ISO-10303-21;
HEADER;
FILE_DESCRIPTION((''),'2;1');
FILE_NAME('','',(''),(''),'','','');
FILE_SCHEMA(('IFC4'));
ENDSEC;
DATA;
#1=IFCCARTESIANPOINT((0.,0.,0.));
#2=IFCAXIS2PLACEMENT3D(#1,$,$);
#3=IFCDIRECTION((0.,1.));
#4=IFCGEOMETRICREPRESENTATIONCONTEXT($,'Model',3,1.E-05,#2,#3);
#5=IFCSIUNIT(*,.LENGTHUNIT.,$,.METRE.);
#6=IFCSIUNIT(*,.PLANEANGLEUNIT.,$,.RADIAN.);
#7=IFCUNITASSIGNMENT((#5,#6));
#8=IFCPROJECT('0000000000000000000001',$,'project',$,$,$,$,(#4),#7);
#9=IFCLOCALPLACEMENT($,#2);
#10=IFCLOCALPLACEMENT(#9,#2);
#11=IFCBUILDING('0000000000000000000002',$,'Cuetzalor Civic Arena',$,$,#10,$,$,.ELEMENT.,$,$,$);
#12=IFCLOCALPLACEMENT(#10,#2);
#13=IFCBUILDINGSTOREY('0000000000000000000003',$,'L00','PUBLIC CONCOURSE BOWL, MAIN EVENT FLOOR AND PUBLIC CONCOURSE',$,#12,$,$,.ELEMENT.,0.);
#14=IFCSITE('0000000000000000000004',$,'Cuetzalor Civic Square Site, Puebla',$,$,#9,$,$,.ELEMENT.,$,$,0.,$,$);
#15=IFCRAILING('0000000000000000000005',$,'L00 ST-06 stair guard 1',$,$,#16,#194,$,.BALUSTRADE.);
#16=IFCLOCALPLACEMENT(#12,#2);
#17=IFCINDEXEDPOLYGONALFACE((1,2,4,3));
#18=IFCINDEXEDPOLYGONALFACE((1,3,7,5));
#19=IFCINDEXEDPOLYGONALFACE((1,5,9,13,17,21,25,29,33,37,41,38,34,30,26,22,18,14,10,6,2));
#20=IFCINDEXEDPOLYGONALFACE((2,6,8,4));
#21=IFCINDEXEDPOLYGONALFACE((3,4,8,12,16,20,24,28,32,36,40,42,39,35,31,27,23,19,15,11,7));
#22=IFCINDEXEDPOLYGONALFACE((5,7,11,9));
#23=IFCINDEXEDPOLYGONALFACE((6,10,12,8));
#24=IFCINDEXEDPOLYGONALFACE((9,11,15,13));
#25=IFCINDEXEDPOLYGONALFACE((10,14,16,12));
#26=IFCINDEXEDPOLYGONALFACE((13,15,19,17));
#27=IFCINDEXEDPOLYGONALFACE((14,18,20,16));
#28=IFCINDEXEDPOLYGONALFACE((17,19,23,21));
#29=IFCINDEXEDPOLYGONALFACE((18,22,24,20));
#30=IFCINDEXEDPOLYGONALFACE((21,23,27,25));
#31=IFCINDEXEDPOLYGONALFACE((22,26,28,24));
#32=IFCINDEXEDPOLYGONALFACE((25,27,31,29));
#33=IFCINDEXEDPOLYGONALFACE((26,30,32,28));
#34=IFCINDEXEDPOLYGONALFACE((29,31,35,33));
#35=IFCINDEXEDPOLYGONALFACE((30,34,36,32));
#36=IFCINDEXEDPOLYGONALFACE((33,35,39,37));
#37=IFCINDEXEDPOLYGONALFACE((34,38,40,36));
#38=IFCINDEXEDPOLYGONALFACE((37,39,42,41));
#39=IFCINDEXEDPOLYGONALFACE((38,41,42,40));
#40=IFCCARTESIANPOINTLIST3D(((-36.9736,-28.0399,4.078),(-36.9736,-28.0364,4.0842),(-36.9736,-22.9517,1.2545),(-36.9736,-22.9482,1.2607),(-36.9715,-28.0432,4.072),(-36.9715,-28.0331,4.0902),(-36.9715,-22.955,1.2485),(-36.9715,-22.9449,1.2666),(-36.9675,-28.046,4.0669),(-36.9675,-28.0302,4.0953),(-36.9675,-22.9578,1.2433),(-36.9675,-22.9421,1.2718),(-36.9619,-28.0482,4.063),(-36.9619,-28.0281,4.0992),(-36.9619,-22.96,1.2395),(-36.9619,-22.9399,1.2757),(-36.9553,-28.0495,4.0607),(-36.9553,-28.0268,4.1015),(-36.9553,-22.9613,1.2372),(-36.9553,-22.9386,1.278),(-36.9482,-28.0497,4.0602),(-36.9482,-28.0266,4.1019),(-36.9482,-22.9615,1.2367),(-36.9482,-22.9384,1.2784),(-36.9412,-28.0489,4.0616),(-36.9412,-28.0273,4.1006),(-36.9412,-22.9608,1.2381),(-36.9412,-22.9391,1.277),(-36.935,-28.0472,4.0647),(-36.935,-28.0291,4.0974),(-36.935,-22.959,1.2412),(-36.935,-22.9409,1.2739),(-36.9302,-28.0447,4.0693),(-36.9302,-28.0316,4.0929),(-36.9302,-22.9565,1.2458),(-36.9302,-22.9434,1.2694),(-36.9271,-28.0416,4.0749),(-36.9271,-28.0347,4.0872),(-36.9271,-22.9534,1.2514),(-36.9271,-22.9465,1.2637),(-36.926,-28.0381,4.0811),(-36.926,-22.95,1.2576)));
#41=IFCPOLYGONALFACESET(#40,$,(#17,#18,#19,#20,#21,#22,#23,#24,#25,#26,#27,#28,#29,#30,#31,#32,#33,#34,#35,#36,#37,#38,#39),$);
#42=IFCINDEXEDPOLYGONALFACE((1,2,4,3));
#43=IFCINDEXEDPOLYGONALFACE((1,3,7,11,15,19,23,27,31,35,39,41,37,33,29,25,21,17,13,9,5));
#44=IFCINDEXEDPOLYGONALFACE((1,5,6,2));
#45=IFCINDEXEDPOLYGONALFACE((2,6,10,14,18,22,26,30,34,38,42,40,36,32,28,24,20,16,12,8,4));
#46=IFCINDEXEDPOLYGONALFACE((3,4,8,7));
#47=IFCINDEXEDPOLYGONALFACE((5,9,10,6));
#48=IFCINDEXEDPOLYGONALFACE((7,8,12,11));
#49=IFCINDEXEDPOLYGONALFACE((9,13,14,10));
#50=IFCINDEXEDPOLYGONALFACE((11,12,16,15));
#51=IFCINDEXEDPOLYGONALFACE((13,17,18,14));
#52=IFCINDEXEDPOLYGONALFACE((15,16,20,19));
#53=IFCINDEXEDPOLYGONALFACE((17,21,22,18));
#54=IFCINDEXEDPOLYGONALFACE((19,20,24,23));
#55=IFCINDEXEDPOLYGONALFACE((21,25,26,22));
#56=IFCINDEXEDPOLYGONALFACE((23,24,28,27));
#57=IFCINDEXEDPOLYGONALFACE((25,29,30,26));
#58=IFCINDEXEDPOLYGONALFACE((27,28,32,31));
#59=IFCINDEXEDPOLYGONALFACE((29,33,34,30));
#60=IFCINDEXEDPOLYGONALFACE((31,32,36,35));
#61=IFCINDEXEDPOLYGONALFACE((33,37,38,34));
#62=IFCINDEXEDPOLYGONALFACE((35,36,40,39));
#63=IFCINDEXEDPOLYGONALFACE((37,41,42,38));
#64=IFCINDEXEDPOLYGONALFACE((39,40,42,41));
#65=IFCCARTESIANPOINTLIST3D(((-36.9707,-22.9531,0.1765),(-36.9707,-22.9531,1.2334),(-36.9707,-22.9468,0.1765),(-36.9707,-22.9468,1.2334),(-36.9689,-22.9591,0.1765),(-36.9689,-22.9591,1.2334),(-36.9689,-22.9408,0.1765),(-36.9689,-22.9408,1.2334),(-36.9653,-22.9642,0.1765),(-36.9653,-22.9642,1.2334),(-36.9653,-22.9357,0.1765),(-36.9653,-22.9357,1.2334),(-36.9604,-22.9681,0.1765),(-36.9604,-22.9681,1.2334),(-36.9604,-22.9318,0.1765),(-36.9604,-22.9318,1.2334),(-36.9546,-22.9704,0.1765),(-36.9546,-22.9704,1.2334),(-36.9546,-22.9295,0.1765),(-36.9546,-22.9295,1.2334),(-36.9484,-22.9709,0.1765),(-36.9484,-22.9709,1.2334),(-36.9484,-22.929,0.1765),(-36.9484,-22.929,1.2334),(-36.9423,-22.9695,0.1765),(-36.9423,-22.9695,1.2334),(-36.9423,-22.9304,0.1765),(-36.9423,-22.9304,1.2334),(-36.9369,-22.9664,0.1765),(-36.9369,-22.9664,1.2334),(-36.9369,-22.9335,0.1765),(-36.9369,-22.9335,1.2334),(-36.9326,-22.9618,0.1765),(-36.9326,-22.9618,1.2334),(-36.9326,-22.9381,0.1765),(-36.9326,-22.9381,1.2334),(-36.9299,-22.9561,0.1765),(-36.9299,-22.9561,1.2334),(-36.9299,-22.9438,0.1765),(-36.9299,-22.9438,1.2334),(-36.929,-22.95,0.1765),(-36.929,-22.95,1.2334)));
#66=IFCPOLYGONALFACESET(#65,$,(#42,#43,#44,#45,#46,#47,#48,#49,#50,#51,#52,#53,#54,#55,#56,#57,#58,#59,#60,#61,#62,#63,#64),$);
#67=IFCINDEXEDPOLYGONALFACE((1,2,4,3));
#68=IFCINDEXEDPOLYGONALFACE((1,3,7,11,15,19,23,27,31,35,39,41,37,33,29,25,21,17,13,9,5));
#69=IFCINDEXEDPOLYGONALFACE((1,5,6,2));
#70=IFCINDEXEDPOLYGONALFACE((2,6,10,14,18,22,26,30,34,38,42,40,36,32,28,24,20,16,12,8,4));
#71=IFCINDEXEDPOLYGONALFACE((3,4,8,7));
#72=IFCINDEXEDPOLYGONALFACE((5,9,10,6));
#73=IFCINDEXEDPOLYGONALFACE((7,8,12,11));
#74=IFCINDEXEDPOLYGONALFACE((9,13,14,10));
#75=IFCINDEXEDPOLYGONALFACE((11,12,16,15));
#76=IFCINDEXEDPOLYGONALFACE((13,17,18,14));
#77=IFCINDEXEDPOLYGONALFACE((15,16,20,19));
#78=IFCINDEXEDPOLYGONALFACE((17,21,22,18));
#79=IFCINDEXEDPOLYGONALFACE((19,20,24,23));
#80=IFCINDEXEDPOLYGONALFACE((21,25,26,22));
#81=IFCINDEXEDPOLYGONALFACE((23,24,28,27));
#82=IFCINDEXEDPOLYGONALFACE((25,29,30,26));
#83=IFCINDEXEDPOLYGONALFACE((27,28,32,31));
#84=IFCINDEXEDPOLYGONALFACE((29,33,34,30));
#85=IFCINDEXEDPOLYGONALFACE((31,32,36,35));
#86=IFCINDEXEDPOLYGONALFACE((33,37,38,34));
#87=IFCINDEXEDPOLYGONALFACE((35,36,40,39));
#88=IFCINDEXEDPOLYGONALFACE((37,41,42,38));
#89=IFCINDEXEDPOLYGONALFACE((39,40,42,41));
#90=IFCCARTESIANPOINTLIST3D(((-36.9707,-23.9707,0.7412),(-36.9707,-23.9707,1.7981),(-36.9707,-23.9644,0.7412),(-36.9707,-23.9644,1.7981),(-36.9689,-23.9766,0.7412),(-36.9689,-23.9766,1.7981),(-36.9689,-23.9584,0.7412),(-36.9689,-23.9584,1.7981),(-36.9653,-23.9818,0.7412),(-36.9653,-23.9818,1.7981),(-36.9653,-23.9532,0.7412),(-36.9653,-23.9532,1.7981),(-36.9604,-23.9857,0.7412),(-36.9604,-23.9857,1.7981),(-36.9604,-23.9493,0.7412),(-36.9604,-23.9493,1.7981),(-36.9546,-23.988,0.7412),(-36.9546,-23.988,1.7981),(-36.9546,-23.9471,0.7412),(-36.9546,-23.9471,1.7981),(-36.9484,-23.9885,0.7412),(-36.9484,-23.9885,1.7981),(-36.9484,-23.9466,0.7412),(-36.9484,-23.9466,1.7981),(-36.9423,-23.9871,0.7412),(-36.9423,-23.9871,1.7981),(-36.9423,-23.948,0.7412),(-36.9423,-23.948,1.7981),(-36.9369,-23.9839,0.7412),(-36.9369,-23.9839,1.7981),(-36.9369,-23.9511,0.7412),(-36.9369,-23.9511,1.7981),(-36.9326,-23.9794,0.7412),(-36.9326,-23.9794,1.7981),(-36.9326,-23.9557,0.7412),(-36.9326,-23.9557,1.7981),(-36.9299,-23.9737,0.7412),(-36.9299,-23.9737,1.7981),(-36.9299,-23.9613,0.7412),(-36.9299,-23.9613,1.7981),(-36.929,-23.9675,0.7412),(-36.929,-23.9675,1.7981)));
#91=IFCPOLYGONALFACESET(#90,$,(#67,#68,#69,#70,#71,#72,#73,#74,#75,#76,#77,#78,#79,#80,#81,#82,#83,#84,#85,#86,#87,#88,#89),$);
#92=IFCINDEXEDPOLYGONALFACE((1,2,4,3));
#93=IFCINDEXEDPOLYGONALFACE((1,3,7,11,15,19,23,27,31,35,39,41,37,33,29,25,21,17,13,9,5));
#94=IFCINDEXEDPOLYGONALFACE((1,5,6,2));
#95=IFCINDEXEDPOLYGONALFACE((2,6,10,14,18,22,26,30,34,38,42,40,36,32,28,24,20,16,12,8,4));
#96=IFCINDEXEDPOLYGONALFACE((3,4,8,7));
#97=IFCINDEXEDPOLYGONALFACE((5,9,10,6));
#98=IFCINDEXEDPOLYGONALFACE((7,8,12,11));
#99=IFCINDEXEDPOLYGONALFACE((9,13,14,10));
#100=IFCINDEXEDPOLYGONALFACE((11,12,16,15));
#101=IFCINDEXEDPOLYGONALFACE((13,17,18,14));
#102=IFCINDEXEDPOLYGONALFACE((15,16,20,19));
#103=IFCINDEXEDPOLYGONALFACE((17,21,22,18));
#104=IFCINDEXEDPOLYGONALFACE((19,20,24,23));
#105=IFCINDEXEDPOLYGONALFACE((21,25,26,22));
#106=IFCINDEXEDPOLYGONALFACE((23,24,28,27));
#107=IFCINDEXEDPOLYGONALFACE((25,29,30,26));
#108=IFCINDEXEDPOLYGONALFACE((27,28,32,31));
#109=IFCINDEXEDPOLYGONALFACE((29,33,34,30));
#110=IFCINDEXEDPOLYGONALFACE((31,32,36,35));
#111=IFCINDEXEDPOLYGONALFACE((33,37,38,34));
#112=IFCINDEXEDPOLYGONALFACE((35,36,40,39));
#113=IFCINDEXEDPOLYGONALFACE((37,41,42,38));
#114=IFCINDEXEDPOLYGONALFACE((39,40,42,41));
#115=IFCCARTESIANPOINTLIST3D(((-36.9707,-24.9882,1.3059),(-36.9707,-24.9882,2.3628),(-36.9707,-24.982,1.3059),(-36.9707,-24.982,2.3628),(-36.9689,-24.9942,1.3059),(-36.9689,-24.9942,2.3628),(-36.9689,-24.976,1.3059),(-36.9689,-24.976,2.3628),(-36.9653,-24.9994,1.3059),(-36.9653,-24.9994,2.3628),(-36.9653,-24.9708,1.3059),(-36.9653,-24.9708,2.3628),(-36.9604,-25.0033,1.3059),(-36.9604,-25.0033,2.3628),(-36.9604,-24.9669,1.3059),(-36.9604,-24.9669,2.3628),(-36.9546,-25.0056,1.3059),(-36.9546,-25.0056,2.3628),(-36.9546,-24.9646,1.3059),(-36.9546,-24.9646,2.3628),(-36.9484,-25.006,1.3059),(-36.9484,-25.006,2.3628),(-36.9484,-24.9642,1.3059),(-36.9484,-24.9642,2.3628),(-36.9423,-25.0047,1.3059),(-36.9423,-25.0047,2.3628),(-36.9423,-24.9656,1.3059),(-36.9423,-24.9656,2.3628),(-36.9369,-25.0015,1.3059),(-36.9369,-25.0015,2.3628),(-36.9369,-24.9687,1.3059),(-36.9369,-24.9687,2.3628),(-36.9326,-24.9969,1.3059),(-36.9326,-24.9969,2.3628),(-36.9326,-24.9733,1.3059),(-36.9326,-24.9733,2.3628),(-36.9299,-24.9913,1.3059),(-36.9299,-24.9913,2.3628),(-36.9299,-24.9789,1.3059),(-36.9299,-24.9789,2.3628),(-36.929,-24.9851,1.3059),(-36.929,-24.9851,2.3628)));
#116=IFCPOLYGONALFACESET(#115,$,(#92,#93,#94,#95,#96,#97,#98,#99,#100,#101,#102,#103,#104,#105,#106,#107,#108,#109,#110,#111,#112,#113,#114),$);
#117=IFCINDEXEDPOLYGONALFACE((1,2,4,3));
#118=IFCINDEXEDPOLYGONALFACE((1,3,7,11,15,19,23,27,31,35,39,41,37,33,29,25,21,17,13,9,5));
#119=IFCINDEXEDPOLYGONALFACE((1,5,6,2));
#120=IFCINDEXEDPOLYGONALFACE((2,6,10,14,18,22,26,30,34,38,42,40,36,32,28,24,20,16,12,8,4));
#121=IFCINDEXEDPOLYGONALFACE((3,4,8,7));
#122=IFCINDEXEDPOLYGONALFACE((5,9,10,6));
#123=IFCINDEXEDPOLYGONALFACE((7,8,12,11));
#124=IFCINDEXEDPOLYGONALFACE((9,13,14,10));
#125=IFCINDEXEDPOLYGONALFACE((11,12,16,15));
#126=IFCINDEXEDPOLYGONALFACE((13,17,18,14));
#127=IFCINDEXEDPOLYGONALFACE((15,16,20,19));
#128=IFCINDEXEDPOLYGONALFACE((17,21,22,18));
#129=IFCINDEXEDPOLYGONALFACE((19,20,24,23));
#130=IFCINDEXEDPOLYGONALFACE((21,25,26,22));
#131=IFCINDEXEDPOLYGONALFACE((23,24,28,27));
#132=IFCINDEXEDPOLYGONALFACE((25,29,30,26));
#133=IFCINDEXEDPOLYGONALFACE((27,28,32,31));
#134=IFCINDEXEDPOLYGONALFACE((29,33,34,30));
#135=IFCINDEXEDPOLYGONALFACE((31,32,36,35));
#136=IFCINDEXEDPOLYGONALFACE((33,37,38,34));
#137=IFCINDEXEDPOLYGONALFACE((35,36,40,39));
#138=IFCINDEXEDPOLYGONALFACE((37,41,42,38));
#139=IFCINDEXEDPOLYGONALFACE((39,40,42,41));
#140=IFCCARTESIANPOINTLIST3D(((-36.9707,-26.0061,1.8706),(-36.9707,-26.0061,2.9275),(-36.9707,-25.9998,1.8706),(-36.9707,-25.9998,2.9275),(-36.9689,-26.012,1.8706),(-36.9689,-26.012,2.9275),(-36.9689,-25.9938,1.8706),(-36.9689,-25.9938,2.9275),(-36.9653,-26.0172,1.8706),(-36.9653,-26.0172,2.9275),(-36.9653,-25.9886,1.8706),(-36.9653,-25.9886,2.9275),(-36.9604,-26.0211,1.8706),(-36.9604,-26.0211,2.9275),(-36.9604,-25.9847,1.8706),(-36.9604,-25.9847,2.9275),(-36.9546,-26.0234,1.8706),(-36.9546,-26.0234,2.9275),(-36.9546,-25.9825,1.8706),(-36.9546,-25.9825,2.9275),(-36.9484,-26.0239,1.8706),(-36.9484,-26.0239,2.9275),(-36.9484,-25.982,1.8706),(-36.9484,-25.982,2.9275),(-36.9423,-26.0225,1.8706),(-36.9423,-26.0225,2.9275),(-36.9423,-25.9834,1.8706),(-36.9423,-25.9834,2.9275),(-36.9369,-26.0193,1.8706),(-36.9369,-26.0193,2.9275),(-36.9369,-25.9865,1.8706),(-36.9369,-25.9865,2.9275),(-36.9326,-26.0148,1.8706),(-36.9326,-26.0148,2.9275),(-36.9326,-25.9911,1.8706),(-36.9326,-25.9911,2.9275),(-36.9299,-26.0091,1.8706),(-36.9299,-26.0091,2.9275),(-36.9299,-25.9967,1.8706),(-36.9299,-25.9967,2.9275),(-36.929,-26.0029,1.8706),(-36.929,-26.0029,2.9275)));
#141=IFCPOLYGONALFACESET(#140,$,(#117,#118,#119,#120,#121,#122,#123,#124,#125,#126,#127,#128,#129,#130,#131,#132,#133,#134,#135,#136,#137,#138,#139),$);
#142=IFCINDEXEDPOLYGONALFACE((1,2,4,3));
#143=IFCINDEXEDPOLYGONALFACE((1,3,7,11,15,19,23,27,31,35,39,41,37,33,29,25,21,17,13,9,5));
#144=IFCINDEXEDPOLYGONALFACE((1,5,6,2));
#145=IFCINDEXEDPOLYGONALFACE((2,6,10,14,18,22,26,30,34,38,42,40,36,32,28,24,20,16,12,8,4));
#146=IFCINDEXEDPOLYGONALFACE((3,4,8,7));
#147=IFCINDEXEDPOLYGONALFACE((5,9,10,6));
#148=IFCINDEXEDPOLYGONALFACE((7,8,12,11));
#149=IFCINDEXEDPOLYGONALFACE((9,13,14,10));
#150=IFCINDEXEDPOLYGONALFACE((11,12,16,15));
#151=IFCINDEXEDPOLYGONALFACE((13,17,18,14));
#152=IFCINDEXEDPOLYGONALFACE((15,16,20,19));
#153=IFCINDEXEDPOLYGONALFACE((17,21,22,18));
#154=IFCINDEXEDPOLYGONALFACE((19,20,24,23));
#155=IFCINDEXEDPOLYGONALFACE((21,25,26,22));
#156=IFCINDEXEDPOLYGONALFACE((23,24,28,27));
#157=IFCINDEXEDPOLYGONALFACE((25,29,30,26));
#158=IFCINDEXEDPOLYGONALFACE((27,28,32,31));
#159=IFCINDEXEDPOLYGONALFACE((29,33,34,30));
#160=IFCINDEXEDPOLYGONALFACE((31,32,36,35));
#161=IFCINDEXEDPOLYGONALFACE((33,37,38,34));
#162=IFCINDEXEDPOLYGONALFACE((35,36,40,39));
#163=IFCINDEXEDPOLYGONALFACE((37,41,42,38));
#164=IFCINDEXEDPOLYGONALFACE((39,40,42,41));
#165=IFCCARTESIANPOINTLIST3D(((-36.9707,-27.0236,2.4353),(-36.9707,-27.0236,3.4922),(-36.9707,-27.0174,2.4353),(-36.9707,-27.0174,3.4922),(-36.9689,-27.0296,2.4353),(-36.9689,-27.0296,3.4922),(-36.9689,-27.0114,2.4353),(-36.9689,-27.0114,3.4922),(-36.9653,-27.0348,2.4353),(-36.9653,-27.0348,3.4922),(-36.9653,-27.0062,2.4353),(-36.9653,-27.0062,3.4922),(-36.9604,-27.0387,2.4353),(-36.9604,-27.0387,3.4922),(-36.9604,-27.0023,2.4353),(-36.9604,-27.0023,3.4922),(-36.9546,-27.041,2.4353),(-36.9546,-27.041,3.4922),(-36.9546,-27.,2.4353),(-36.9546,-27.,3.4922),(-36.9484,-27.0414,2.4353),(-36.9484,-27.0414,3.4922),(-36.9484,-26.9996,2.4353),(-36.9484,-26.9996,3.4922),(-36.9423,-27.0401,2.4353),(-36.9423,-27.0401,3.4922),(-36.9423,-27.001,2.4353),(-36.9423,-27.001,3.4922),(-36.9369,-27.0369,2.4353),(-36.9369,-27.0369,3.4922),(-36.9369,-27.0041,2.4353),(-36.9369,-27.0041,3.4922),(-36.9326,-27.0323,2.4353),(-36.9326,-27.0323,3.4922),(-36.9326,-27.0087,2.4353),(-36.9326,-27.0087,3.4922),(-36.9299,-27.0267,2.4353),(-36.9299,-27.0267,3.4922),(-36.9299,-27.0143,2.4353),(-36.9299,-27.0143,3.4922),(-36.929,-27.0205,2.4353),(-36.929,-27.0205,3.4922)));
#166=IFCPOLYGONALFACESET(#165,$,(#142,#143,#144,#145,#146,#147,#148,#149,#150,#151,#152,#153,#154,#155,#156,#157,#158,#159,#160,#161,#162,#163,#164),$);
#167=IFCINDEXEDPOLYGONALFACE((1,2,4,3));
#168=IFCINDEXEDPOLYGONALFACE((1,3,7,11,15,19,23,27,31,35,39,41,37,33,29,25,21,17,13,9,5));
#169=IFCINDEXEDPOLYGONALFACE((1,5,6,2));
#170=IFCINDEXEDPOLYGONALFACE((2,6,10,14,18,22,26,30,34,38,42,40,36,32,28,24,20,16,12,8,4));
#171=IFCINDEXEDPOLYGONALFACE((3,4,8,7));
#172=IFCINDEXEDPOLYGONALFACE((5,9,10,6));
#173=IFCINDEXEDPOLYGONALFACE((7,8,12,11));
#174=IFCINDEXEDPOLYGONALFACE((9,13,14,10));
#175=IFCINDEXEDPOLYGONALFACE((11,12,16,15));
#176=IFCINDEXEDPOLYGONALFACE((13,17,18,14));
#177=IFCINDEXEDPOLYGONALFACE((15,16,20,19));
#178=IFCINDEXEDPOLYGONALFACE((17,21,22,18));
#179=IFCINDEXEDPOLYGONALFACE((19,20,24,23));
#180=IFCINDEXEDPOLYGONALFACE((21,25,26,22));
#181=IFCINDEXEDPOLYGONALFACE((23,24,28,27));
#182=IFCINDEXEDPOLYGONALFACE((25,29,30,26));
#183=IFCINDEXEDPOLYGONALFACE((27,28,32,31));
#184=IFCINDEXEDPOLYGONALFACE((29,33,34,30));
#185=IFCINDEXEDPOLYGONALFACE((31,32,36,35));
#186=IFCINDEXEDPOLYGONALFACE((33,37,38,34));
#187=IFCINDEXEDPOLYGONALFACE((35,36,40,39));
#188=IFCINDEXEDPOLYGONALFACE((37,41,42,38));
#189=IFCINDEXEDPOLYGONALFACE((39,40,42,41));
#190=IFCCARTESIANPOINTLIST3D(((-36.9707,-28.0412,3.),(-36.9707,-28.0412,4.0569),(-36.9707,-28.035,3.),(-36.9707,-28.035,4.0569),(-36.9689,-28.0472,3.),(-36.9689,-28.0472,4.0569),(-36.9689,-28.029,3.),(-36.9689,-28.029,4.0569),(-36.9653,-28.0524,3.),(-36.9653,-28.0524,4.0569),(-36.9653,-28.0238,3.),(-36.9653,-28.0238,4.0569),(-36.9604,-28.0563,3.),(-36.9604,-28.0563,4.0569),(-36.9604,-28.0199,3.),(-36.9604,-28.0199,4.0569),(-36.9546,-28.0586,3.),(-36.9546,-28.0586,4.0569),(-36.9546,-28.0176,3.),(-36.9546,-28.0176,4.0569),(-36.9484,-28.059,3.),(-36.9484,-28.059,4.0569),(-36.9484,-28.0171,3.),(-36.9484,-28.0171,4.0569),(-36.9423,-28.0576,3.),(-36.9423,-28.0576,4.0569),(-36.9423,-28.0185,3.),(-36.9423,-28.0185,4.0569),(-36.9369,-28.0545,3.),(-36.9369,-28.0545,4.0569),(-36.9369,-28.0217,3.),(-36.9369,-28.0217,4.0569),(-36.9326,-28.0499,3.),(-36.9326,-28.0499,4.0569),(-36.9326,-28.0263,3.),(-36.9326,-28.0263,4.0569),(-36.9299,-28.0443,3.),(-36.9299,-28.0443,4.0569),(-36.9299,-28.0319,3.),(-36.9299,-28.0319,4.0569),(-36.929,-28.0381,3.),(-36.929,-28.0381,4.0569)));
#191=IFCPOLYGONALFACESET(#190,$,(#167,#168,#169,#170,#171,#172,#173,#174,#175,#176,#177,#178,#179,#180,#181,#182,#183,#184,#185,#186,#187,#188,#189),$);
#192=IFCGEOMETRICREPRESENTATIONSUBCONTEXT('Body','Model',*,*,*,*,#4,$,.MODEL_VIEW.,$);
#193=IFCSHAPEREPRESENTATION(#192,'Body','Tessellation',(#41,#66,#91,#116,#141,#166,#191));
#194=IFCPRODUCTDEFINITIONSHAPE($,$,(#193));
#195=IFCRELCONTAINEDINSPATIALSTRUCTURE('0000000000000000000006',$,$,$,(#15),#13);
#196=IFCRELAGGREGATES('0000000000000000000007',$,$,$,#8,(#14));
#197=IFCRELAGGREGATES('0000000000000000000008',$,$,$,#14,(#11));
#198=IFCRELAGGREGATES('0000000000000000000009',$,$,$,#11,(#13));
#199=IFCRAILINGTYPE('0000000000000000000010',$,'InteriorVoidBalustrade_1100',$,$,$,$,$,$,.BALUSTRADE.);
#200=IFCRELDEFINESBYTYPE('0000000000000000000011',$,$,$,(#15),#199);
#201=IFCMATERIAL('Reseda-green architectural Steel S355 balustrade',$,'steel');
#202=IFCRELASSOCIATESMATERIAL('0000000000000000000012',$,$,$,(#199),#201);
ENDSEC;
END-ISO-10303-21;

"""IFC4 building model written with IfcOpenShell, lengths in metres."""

from ifc_helpers import new_model, si_unit, direction, frame, origin, origin_2d, place, context, subcontext, project, spatial, circle, extrude, material, type_object, element, save


model = new_model("IFC4")

# Units and contexts
model_context = context("Model", 3, precision=1e-05, world=origin(), true_north=direction((0.0, 1.0)))
body_context = subcontext(model_context, "Body", "Model", "MODEL_VIEW")
ifc_project = project(units=[si_unit("LENGTHUNIT", "METRE"), si_unit("PLANEANGLEUNIT", "RADIAN")], contexts=[model_context])

# Site, building, storey
site_placement = place(None, origin())
site = spatial("IfcSite", under=ifc_project, at=site_placement, Name="Cuetzalor Civic Square Site, Puebla", CompositionType="ELEMENT", RefElevation=0.0)
building_placement = place(site_placement, origin())
building = spatial("IfcBuilding", under=site, at=building_placement, Name="Cuetzalor Civic Arena", CompositionType="ELEMENT")
storey_placement = place(building_placement, origin())
storey = spatial("IfcBuildingStorey", under=building, at=storey_placement, Name="L00", Description="PUBLIC CONCOURSE BOWL, MAIN EVENT FLOOR AND PUBLIC CONCOURSE", CompositionType="ELEMENT", Elevation=0.0)

# Railing
ifc_material_1 = material(Name="Reseda-green architectural Steel S355 balustrade", Category="steel")
railing_type_1 = type_object("IfcRailingType", Name="InteriorVoidBalustrade_1100", PredefinedType="BALUSTRADE", material=ifc_material_1)
railing_1_placement = place(storey_placement, frame((-36.95, -22.95, 0.1765)))
element("IfcRailing", 1, at=railing_1_placement, inside=storey, type_object=railing_type_1, Name="L00 ST-06 stair guard 1", PredefinedType="BALUSTRADE", context=body_context, shape_type="SweptSolid", body=[
    extrude(circle(Radius=0.0239, at=origin_2d()), frame((0.0, 0.0, 1.0811), z_axis=(0.0, -0.874395, 0.485215), x_axis=(1.0, 0.0, 0.0)), (0.0, 0.0, 1.0), 5.8191),
    extrude(circle(Radius=0.021, at=origin_2d()), origin(), (0.0, 0.0, 1.0), 1.0569),
    extrude(circle(Radius=0.021, at=origin_2d()), frame((0.0, -1.0176, 0.5647)), (0.0, 0.0, 1.0), 1.0569),
    extrude(circle(Radius=0.021, at=origin_2d()), frame((0.0, -2.0352, 1.1294)), (0.0, 0.0, 1.0), 1.0569),
    extrude(circle(Radius=0.021, at=origin_2d()), frame((0.0, -3.053, 1.6941)), (0.0, 0.0, 1.0), 1.0569),
    extrude(circle(Radius=0.021, at=origin_2d()), frame((0.0, -4.0706, 2.2588)), (0.0, 0.0, 1.0), 1.0569),
    extrude(circle(Radius=0.021, at=origin_2d()), frame((0.0, -5.0881, 2.8235)), (0.0, 0.0, 1.0), 1.0569),
])

save(model, "model.ifc")
